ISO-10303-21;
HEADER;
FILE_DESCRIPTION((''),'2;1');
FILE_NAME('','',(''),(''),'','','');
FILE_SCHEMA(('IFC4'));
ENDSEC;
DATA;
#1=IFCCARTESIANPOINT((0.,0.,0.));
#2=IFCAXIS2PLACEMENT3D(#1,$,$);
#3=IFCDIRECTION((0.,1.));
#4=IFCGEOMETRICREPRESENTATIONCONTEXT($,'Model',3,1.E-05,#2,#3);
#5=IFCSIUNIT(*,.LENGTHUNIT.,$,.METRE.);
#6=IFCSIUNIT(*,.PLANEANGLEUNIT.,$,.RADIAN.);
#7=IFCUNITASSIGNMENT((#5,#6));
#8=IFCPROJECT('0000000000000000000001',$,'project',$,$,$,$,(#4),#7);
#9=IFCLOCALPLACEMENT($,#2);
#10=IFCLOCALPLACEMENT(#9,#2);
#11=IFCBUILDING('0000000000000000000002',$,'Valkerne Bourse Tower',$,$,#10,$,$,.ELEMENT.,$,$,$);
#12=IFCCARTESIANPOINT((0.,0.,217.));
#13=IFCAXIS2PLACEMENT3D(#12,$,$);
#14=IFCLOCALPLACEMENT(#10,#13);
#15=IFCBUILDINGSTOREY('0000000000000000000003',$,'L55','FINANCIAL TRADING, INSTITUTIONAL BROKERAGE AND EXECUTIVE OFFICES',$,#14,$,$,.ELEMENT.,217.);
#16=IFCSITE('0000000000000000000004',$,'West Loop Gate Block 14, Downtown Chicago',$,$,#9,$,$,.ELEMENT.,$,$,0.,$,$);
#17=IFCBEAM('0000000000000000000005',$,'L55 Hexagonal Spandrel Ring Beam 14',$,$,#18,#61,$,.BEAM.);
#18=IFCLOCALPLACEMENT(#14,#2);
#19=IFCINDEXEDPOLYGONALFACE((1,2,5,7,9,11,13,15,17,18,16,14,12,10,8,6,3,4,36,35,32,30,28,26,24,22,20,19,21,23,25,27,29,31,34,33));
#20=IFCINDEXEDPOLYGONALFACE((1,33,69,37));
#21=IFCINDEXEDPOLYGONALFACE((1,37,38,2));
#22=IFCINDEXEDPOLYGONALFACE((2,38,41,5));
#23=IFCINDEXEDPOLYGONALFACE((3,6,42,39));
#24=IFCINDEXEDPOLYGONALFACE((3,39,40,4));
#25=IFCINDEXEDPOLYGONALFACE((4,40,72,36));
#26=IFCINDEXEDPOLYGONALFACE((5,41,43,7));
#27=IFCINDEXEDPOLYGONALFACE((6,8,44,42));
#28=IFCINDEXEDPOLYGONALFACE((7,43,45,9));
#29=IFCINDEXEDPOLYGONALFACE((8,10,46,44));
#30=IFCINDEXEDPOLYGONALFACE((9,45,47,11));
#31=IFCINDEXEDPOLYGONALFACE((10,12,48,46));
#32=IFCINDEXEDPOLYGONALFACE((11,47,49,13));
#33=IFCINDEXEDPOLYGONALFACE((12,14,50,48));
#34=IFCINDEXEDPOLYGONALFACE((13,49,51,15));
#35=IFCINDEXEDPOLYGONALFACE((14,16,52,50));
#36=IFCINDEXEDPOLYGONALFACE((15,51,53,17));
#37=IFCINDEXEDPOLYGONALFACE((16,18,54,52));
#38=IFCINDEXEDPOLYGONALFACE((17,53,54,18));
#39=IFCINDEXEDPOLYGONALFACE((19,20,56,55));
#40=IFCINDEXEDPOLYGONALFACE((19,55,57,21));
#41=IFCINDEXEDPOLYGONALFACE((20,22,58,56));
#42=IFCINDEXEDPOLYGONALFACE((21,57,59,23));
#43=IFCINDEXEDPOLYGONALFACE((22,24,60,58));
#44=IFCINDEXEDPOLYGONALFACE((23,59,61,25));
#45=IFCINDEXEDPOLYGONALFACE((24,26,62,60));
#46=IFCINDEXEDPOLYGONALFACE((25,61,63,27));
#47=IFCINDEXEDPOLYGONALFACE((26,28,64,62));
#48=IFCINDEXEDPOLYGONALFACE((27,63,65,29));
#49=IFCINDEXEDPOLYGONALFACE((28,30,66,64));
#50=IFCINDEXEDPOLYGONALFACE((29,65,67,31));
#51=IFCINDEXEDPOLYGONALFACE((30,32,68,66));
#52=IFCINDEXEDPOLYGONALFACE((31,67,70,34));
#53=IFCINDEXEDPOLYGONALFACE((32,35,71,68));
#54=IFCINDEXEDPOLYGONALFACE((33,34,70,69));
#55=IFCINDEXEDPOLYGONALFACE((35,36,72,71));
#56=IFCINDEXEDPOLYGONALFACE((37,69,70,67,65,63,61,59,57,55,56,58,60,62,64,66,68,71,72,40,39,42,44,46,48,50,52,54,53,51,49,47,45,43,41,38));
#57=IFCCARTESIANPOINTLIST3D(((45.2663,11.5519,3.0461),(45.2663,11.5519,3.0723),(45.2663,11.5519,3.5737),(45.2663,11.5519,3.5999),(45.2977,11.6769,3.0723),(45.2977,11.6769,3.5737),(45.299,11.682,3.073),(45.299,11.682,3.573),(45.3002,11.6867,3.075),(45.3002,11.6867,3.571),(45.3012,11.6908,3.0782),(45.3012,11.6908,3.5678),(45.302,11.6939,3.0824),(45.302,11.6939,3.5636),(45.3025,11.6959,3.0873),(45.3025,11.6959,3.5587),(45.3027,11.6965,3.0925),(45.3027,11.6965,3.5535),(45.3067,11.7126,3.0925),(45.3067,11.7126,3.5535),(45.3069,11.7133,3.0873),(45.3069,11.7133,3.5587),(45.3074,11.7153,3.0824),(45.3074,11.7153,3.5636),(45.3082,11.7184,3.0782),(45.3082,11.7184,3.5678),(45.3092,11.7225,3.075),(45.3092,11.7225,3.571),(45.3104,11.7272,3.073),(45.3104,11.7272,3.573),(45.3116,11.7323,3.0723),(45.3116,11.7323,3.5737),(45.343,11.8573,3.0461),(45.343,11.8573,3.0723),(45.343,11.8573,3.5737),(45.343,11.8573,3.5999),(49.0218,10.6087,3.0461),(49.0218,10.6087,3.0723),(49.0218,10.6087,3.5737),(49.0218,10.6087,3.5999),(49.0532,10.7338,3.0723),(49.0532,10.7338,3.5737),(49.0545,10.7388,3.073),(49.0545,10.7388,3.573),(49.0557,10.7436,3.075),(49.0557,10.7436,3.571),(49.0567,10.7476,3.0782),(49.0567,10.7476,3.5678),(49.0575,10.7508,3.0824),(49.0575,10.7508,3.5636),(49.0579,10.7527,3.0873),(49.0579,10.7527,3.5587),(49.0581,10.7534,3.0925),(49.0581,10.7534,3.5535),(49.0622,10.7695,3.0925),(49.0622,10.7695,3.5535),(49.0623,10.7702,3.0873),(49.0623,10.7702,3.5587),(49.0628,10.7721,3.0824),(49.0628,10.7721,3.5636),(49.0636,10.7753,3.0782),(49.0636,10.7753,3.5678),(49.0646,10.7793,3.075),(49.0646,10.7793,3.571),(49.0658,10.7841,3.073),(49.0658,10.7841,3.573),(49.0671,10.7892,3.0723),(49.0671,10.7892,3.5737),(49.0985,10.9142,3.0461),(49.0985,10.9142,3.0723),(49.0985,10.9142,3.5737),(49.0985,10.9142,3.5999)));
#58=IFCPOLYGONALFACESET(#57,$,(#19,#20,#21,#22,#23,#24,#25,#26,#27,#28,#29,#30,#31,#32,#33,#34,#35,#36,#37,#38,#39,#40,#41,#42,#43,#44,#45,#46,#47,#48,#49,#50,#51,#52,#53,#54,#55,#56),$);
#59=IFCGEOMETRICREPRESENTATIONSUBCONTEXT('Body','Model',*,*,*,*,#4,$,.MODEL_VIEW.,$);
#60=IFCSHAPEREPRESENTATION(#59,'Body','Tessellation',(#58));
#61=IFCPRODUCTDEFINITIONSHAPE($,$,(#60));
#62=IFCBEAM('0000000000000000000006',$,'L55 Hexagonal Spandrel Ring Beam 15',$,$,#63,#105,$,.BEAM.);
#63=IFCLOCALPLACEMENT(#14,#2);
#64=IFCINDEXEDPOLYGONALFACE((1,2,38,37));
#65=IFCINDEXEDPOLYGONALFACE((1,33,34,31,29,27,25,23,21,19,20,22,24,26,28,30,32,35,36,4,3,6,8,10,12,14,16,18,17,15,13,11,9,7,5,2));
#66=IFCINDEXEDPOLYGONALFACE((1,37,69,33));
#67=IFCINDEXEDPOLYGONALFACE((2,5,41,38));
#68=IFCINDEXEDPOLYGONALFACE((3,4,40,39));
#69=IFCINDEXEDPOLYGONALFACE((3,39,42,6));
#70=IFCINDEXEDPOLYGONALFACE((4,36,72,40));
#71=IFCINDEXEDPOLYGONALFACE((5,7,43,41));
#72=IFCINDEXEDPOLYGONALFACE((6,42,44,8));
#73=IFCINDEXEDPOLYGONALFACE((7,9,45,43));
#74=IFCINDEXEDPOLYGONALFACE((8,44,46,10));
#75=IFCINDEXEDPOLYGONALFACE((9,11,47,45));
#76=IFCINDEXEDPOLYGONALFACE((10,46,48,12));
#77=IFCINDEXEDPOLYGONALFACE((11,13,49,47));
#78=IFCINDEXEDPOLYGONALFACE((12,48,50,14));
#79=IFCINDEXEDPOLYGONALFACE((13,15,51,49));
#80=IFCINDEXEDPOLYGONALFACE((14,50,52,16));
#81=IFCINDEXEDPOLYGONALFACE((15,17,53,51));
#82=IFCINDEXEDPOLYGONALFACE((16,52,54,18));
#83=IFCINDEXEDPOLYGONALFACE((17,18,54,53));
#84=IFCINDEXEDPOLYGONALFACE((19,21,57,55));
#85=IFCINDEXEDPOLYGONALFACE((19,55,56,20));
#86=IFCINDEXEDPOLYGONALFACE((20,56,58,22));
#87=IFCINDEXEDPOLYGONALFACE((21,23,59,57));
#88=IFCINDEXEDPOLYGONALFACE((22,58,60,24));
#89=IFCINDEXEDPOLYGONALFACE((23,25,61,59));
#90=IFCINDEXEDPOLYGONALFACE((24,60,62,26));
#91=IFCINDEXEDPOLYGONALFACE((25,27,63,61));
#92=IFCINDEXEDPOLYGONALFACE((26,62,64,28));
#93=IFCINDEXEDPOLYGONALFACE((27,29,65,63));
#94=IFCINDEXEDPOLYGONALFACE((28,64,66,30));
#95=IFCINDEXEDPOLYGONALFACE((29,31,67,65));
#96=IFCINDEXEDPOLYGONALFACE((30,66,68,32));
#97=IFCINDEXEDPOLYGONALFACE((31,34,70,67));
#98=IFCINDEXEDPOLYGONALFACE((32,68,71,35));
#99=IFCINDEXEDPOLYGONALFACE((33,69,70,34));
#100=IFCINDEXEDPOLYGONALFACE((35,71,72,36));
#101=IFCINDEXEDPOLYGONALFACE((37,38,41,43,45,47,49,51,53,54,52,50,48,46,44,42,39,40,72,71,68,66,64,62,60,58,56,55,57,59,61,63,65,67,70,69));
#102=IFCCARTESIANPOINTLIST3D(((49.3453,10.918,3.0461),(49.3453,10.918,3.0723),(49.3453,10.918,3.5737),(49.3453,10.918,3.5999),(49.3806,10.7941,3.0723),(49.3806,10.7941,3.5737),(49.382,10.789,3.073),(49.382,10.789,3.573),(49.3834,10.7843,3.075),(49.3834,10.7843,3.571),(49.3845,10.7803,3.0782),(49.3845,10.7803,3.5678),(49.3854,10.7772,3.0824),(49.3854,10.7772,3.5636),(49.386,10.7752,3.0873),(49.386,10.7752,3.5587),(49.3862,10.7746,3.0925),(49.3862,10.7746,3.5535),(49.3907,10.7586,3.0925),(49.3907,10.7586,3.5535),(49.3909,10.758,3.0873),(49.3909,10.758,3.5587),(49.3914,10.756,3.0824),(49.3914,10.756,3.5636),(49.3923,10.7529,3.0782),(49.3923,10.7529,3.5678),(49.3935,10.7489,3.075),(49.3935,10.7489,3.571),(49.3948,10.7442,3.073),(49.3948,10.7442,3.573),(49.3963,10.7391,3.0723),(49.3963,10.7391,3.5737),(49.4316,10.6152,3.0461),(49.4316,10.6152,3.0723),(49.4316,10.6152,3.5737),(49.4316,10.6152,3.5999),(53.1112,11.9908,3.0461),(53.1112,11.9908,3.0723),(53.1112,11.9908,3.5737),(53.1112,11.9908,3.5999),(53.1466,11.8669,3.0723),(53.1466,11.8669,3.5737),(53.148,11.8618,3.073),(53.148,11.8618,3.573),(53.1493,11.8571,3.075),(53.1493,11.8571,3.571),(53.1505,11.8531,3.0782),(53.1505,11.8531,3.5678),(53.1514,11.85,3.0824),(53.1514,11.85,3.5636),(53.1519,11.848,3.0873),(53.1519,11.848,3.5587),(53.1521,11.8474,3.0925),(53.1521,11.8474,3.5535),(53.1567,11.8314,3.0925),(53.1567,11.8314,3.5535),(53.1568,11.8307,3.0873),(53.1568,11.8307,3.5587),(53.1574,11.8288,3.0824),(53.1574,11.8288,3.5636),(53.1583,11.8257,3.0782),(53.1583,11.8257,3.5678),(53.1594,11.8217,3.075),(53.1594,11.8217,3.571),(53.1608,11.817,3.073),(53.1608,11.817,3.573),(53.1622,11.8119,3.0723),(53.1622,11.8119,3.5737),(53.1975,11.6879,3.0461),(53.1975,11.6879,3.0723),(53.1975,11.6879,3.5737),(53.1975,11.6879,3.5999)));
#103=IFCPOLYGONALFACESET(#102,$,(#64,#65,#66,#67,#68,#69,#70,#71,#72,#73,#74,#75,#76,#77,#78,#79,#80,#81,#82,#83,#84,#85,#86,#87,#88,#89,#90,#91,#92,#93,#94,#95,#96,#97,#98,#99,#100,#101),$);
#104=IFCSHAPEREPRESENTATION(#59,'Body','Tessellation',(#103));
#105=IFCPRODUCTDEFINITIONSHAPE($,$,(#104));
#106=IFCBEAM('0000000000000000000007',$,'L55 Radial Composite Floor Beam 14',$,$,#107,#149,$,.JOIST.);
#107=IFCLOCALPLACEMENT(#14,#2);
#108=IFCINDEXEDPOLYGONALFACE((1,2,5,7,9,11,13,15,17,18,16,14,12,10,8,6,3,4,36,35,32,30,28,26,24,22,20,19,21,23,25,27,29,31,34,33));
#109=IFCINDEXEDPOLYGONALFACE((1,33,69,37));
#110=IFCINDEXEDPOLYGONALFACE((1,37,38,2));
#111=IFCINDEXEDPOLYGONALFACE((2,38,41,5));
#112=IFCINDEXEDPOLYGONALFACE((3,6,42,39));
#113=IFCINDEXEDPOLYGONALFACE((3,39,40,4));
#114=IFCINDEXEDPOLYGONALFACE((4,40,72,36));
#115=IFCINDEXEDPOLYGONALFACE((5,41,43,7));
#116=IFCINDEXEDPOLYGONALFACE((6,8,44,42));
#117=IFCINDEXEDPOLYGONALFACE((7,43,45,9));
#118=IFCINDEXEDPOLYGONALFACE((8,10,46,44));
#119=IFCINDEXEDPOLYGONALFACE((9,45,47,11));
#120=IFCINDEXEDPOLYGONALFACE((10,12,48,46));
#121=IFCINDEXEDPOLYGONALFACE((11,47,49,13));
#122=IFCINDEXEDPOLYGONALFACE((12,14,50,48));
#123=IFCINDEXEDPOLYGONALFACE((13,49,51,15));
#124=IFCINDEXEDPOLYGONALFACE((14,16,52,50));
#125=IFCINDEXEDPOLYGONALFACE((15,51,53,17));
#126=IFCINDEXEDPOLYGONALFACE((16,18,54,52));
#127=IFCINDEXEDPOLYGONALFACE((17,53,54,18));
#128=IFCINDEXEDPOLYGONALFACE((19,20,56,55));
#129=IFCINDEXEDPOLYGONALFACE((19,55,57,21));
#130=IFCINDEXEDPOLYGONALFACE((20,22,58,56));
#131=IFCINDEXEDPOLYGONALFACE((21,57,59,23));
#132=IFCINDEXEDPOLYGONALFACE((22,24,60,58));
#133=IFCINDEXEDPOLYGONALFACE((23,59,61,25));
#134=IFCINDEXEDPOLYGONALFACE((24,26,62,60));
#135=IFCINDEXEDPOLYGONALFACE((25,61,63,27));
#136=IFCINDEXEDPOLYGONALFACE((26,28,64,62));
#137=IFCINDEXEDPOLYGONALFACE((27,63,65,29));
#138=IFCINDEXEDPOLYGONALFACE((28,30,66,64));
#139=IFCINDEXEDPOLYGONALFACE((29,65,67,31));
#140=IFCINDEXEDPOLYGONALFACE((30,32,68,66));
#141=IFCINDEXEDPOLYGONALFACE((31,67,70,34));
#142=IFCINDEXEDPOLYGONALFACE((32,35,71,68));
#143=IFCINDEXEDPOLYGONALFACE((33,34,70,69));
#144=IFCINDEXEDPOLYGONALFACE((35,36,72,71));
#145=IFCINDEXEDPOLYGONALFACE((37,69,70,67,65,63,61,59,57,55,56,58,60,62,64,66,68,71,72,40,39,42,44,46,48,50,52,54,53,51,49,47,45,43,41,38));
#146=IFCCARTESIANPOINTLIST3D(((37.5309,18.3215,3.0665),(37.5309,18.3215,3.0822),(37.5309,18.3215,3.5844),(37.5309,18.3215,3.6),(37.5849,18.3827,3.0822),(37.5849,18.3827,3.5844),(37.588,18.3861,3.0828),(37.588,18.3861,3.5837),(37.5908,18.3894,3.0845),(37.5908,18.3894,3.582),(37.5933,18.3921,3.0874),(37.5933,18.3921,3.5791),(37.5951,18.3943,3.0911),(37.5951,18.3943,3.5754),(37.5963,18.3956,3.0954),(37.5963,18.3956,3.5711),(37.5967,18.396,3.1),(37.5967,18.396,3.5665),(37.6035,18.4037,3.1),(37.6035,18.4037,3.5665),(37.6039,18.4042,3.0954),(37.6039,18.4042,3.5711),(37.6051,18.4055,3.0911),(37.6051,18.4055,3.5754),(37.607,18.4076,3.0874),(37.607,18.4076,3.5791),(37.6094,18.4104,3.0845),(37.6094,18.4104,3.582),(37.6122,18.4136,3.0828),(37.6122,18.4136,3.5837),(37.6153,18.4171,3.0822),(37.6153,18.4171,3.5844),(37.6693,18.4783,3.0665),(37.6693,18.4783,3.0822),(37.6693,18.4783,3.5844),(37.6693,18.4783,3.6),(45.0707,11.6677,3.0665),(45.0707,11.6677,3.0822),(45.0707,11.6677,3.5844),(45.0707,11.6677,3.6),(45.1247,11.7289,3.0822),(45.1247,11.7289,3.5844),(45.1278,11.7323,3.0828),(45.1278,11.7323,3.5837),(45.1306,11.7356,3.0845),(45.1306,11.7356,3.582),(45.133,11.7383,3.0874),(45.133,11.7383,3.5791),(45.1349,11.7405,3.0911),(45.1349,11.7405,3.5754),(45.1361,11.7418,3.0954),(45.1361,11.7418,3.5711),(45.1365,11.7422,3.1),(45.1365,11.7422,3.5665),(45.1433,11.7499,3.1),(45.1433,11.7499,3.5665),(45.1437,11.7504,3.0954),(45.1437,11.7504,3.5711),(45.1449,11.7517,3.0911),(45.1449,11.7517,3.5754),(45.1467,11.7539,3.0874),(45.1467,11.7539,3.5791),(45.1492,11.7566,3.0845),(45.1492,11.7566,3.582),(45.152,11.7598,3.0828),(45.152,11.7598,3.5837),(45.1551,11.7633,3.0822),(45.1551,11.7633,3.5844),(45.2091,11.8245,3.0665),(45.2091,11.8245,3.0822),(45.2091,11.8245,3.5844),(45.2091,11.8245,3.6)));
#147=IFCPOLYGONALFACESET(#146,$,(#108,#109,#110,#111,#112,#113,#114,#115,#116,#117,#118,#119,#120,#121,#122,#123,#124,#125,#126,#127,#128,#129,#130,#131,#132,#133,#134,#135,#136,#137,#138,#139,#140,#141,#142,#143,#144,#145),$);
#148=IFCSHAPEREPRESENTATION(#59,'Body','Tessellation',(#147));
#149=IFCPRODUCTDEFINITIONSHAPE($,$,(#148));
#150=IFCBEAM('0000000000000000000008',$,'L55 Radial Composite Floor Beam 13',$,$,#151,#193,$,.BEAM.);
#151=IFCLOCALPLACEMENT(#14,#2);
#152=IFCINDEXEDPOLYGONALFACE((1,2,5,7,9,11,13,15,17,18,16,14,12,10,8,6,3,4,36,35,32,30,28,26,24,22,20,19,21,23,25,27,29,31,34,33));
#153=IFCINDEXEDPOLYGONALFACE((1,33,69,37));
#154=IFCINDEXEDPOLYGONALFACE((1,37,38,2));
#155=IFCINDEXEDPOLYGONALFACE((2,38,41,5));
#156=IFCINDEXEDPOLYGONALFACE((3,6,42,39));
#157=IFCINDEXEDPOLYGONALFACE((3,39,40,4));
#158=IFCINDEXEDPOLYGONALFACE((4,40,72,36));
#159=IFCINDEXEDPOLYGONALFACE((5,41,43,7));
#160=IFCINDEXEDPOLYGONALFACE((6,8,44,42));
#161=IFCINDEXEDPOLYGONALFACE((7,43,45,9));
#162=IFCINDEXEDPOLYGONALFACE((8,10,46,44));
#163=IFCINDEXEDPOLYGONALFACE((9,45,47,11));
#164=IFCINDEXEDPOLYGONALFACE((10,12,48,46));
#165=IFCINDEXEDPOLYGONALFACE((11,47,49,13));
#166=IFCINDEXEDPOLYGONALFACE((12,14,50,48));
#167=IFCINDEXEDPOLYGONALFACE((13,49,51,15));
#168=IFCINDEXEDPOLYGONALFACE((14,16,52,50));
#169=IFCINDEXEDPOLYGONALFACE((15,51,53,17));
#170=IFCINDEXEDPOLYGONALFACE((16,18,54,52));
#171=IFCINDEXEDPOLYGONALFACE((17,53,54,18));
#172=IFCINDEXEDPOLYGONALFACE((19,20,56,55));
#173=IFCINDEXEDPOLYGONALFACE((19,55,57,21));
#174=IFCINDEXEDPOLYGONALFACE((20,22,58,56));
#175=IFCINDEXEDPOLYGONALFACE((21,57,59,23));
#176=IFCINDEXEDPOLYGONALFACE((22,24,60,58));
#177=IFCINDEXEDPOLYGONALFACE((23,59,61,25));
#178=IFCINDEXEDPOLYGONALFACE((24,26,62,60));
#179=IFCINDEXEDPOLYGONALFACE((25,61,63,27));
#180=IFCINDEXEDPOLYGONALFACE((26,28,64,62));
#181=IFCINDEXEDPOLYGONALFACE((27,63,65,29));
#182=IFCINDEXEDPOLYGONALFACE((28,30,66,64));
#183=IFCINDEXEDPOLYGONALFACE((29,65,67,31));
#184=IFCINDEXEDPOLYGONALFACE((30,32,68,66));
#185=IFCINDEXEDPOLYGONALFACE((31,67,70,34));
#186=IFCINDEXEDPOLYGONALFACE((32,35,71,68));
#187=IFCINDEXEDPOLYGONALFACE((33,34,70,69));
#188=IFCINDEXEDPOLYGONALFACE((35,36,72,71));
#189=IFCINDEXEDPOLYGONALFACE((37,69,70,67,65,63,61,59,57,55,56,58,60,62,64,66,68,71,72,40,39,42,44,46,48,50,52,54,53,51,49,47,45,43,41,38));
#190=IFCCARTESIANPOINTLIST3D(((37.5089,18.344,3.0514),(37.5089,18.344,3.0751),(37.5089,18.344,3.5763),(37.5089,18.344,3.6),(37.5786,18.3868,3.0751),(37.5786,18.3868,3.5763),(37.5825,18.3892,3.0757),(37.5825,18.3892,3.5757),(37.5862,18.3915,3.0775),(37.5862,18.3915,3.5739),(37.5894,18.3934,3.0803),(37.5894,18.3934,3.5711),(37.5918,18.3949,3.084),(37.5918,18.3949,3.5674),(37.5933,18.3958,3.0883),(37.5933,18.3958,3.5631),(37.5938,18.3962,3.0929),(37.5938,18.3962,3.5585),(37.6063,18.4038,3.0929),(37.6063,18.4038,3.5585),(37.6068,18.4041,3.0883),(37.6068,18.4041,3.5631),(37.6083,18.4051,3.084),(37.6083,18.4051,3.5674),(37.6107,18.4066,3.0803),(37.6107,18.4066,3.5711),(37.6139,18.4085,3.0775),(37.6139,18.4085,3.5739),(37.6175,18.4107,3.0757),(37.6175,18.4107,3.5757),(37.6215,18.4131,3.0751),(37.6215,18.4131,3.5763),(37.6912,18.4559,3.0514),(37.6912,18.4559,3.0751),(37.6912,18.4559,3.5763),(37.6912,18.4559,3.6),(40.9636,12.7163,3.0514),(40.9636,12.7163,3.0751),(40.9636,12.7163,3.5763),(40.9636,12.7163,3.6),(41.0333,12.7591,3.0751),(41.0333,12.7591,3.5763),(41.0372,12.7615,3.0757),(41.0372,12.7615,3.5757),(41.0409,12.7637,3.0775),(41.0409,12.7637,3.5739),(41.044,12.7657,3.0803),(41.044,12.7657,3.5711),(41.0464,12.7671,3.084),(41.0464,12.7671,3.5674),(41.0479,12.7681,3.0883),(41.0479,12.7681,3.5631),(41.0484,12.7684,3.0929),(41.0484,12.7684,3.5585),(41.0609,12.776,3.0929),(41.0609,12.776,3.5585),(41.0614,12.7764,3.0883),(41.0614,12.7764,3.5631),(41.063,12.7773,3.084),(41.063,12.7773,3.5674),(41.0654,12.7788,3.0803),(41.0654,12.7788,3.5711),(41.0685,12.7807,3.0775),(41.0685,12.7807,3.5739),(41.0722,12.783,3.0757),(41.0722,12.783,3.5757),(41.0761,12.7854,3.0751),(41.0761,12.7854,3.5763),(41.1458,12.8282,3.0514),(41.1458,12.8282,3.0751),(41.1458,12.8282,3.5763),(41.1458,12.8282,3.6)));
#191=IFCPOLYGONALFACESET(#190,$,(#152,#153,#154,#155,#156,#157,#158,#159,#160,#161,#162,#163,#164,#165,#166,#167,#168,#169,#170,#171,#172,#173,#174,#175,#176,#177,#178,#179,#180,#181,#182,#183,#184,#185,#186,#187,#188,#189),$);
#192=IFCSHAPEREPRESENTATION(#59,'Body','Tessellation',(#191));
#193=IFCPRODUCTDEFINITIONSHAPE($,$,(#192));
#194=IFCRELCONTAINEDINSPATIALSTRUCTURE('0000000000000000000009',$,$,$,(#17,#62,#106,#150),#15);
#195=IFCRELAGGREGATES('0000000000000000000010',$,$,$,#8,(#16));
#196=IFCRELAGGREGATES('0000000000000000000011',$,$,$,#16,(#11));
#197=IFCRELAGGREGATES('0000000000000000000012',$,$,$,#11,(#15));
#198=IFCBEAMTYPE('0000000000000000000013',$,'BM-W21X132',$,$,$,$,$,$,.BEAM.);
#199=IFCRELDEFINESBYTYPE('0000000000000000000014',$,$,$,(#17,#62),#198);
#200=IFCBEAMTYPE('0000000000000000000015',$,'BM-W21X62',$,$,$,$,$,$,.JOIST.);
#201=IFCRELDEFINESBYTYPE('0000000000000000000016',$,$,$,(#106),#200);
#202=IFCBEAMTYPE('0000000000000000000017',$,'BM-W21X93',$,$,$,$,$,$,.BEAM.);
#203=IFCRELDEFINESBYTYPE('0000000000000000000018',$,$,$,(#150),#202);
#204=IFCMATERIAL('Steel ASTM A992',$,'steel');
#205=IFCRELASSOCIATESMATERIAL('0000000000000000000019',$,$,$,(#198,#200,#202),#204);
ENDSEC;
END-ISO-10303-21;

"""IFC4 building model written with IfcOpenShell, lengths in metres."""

from ifc_helpers import new_model, si_unit, direction, frame, origin, origin_2d, place, context, subcontext, project, spatial, i_section, extrude, material, material_profile, profile_set, type_object, element, save


model = new_model("IFC4")

# Units and contexts
model_context = context("Model", 3, precision=1e-05, world=origin(), true_north=direction((0.0, 1.0)))
body_context = subcontext(model_context, "Body", "Model", "MODEL_VIEW")
ifc_project = project(units=[si_unit("LENGTHUNIT", "METRE"), si_unit("PLANEANGLEUNIT", "RADIAN")], contexts=[model_context])

# Site, building, storey
site_placement = place(None, origin())
site = spatial("IfcSite", under=ifc_project, at=site_placement, Name="West Loop Gate Block 14, Downtown Chicago", CompositionType="ELEMENT", RefElevation=0.0)
building_placement = place(site_placement, origin())
building = spatial("IfcBuilding", under=site, at=building_placement, Name="Valkerne Bourse Tower", CompositionType="ELEMENT")
storey_placement = place(building_placement, frame((0.0, 0.0, 217.0)))
storey = spatial("IfcBuildingStorey", under=building, at=storey_placement, Name="L55", Description="FINANCIAL TRADING, INSTITUTIONAL BROKERAGE AND EXECUTIVE OFFICES", CompositionType="ELEMENT", Elevation=217.0)

# Beams
ifc_material_1 = material(Name="Steel ASTM A992", Category="steel")
ifc_material_profile_1 = material_profile(ifc_material_1, i_section(OverallWidth=0.3149, OverallDepth=0.5537, WebThickness=0.0166, FlangeThickness=0.0261, FilletRadius=0.0203, at=origin_2d()), Name="W21X132")
ifc_profile_set_1 = profile_set([ifc_material_profile_1], Name="Steel ASTM A992")
beam_type_1 = type_object("IfcBeamType", Name="BM-W21X132", PredefinedType="BEAM", material=ifc_profile_set_1)
for number, where, z_axis, x_axis, name in (
    (1, (45.3047, 11.7046, 3.323), (0.969882, -0.243574, 0.0), (0.243574, 0.969882, 0.0), "L55 Hexagonal Spandrel Ring Beam 14"),
):
    element("IfcBeam", number, at=place(storey_placement, frame(where, z_axis=z_axis, x_axis=x_axis)), inside=storey, type_object=beam_type_1, Name=name, PredefinedType="BEAM", context=body_context, shape_type="SweptSolid", body=[
        extrude(i_section(OverallWidth=0.3149, OverallDepth=0.5537, WebThickness=0.0166, FlangeThickness=0.0261, FilletRadius=0.0203, at=origin_2d()), origin(), (0.0, 0.0, 1.0), 3.8721),
    ])
beam_1_placement = place(storey_placement, frame((49.3884, 10.7666, 3.323), z_axis=(0.96174, 0.273963, 0.0), x_axis=(-0.273963, 0.96174, 0.0)))
element("IfcBeam", 2, at=beam_1_placement, inside=storey, type_object=beam_type_1, Name="L55 Hexagonal Spandrel Ring Beam 15", PredefinedType="BEAM", context=body_context, shape_type="SweptSolid", body=[
    extrude(i_section(OverallWidth=0.3149, OverallDepth=0.5537, WebThickness=0.0166, FlangeThickness=0.0261, FilletRadius=0.0203, at=origin_2d()), origin(), (0.0, 0.0, 1.0), 3.9158),
])
ifc_material_profile_2 = material_profile(ifc_material_1, i_section(OverallWidth=0.2092, OverallDepth=0.5334, WebThickness=0.0103, FlangeThickness=0.0156, FilletRadius=0.0178, at=origin_2d()), Name="W21X62")
ifc_profile_set_2 = profile_set([ifc_material_profile_2], Name="Steel ASTM A992")
beam_type_2 = type_object("IfcBeamType", Name="BM-W21X62", PredefinedType="JOIST", material=ifc_profile_set_2)
beam_2_placement = place(storey_placement, frame((45.1399, 11.7461, 3.3333), z_axis=(-0.749786, 0.66168, 0.0), x_axis=(-0.66168, -0.749786, 0.0)))
element("IfcBeam", 3, at=beam_2_placement, inside=storey, type_object=beam_type_2, Name="L55 Radial Composite Floor Beam 14", PredefinedType="JOIST", context=body_context, shape_type="SweptSolid", body=[
    extrude(i_section(OverallWidth=0.2092, OverallDepth=0.5334, WebThickness=0.0103, FlangeThickness=0.0156, FilletRadius=0.0178, at=origin_2d()), origin(), (0.0, 0.0, 1.0), 10.0559),
])
ifc_material_profile_3 = material_profile(ifc_material_1, i_section(OverallWidth=0.2139, OverallDepth=0.5486, WebThickness=0.0146, FlangeThickness=0.0237, FilletRadius=0.0178, at=origin_2d()), Name="W21X93")
ifc_profile_set_3 = profile_set([ifc_material_profile_3], Name="Steel ASTM A992")
beam_type_3 = type_object("IfcBeamType", Name="BM-W21X93", PredefinedType="BEAM", material=ifc_profile_set_3)
beam_3_placement = place(storey_placement, frame((41.0547, 12.7722, 3.3257), z_axis=(-0.523152, 0.852239, 0.0), x_axis=(-0.852239, -0.523152, 0.0)))
element("IfcBeam", 4, at=beam_3_placement, inside=storey, type_object=beam_type_3, Name="L55 Radial Composite Floor Beam 13", PredefinedType="BEAM", context=body_context, shape_type="SweptSolid", body=[
    extrude(i_section(OverallWidth=0.2139, OverallDepth=0.5486, WebThickness=0.0146, FlangeThickness=0.0237, FilletRadius=0.0178, at=origin_2d()), origin(), (0.0, 0.0, 1.0), 6.6035),
])

save(model, "model.ifc")
